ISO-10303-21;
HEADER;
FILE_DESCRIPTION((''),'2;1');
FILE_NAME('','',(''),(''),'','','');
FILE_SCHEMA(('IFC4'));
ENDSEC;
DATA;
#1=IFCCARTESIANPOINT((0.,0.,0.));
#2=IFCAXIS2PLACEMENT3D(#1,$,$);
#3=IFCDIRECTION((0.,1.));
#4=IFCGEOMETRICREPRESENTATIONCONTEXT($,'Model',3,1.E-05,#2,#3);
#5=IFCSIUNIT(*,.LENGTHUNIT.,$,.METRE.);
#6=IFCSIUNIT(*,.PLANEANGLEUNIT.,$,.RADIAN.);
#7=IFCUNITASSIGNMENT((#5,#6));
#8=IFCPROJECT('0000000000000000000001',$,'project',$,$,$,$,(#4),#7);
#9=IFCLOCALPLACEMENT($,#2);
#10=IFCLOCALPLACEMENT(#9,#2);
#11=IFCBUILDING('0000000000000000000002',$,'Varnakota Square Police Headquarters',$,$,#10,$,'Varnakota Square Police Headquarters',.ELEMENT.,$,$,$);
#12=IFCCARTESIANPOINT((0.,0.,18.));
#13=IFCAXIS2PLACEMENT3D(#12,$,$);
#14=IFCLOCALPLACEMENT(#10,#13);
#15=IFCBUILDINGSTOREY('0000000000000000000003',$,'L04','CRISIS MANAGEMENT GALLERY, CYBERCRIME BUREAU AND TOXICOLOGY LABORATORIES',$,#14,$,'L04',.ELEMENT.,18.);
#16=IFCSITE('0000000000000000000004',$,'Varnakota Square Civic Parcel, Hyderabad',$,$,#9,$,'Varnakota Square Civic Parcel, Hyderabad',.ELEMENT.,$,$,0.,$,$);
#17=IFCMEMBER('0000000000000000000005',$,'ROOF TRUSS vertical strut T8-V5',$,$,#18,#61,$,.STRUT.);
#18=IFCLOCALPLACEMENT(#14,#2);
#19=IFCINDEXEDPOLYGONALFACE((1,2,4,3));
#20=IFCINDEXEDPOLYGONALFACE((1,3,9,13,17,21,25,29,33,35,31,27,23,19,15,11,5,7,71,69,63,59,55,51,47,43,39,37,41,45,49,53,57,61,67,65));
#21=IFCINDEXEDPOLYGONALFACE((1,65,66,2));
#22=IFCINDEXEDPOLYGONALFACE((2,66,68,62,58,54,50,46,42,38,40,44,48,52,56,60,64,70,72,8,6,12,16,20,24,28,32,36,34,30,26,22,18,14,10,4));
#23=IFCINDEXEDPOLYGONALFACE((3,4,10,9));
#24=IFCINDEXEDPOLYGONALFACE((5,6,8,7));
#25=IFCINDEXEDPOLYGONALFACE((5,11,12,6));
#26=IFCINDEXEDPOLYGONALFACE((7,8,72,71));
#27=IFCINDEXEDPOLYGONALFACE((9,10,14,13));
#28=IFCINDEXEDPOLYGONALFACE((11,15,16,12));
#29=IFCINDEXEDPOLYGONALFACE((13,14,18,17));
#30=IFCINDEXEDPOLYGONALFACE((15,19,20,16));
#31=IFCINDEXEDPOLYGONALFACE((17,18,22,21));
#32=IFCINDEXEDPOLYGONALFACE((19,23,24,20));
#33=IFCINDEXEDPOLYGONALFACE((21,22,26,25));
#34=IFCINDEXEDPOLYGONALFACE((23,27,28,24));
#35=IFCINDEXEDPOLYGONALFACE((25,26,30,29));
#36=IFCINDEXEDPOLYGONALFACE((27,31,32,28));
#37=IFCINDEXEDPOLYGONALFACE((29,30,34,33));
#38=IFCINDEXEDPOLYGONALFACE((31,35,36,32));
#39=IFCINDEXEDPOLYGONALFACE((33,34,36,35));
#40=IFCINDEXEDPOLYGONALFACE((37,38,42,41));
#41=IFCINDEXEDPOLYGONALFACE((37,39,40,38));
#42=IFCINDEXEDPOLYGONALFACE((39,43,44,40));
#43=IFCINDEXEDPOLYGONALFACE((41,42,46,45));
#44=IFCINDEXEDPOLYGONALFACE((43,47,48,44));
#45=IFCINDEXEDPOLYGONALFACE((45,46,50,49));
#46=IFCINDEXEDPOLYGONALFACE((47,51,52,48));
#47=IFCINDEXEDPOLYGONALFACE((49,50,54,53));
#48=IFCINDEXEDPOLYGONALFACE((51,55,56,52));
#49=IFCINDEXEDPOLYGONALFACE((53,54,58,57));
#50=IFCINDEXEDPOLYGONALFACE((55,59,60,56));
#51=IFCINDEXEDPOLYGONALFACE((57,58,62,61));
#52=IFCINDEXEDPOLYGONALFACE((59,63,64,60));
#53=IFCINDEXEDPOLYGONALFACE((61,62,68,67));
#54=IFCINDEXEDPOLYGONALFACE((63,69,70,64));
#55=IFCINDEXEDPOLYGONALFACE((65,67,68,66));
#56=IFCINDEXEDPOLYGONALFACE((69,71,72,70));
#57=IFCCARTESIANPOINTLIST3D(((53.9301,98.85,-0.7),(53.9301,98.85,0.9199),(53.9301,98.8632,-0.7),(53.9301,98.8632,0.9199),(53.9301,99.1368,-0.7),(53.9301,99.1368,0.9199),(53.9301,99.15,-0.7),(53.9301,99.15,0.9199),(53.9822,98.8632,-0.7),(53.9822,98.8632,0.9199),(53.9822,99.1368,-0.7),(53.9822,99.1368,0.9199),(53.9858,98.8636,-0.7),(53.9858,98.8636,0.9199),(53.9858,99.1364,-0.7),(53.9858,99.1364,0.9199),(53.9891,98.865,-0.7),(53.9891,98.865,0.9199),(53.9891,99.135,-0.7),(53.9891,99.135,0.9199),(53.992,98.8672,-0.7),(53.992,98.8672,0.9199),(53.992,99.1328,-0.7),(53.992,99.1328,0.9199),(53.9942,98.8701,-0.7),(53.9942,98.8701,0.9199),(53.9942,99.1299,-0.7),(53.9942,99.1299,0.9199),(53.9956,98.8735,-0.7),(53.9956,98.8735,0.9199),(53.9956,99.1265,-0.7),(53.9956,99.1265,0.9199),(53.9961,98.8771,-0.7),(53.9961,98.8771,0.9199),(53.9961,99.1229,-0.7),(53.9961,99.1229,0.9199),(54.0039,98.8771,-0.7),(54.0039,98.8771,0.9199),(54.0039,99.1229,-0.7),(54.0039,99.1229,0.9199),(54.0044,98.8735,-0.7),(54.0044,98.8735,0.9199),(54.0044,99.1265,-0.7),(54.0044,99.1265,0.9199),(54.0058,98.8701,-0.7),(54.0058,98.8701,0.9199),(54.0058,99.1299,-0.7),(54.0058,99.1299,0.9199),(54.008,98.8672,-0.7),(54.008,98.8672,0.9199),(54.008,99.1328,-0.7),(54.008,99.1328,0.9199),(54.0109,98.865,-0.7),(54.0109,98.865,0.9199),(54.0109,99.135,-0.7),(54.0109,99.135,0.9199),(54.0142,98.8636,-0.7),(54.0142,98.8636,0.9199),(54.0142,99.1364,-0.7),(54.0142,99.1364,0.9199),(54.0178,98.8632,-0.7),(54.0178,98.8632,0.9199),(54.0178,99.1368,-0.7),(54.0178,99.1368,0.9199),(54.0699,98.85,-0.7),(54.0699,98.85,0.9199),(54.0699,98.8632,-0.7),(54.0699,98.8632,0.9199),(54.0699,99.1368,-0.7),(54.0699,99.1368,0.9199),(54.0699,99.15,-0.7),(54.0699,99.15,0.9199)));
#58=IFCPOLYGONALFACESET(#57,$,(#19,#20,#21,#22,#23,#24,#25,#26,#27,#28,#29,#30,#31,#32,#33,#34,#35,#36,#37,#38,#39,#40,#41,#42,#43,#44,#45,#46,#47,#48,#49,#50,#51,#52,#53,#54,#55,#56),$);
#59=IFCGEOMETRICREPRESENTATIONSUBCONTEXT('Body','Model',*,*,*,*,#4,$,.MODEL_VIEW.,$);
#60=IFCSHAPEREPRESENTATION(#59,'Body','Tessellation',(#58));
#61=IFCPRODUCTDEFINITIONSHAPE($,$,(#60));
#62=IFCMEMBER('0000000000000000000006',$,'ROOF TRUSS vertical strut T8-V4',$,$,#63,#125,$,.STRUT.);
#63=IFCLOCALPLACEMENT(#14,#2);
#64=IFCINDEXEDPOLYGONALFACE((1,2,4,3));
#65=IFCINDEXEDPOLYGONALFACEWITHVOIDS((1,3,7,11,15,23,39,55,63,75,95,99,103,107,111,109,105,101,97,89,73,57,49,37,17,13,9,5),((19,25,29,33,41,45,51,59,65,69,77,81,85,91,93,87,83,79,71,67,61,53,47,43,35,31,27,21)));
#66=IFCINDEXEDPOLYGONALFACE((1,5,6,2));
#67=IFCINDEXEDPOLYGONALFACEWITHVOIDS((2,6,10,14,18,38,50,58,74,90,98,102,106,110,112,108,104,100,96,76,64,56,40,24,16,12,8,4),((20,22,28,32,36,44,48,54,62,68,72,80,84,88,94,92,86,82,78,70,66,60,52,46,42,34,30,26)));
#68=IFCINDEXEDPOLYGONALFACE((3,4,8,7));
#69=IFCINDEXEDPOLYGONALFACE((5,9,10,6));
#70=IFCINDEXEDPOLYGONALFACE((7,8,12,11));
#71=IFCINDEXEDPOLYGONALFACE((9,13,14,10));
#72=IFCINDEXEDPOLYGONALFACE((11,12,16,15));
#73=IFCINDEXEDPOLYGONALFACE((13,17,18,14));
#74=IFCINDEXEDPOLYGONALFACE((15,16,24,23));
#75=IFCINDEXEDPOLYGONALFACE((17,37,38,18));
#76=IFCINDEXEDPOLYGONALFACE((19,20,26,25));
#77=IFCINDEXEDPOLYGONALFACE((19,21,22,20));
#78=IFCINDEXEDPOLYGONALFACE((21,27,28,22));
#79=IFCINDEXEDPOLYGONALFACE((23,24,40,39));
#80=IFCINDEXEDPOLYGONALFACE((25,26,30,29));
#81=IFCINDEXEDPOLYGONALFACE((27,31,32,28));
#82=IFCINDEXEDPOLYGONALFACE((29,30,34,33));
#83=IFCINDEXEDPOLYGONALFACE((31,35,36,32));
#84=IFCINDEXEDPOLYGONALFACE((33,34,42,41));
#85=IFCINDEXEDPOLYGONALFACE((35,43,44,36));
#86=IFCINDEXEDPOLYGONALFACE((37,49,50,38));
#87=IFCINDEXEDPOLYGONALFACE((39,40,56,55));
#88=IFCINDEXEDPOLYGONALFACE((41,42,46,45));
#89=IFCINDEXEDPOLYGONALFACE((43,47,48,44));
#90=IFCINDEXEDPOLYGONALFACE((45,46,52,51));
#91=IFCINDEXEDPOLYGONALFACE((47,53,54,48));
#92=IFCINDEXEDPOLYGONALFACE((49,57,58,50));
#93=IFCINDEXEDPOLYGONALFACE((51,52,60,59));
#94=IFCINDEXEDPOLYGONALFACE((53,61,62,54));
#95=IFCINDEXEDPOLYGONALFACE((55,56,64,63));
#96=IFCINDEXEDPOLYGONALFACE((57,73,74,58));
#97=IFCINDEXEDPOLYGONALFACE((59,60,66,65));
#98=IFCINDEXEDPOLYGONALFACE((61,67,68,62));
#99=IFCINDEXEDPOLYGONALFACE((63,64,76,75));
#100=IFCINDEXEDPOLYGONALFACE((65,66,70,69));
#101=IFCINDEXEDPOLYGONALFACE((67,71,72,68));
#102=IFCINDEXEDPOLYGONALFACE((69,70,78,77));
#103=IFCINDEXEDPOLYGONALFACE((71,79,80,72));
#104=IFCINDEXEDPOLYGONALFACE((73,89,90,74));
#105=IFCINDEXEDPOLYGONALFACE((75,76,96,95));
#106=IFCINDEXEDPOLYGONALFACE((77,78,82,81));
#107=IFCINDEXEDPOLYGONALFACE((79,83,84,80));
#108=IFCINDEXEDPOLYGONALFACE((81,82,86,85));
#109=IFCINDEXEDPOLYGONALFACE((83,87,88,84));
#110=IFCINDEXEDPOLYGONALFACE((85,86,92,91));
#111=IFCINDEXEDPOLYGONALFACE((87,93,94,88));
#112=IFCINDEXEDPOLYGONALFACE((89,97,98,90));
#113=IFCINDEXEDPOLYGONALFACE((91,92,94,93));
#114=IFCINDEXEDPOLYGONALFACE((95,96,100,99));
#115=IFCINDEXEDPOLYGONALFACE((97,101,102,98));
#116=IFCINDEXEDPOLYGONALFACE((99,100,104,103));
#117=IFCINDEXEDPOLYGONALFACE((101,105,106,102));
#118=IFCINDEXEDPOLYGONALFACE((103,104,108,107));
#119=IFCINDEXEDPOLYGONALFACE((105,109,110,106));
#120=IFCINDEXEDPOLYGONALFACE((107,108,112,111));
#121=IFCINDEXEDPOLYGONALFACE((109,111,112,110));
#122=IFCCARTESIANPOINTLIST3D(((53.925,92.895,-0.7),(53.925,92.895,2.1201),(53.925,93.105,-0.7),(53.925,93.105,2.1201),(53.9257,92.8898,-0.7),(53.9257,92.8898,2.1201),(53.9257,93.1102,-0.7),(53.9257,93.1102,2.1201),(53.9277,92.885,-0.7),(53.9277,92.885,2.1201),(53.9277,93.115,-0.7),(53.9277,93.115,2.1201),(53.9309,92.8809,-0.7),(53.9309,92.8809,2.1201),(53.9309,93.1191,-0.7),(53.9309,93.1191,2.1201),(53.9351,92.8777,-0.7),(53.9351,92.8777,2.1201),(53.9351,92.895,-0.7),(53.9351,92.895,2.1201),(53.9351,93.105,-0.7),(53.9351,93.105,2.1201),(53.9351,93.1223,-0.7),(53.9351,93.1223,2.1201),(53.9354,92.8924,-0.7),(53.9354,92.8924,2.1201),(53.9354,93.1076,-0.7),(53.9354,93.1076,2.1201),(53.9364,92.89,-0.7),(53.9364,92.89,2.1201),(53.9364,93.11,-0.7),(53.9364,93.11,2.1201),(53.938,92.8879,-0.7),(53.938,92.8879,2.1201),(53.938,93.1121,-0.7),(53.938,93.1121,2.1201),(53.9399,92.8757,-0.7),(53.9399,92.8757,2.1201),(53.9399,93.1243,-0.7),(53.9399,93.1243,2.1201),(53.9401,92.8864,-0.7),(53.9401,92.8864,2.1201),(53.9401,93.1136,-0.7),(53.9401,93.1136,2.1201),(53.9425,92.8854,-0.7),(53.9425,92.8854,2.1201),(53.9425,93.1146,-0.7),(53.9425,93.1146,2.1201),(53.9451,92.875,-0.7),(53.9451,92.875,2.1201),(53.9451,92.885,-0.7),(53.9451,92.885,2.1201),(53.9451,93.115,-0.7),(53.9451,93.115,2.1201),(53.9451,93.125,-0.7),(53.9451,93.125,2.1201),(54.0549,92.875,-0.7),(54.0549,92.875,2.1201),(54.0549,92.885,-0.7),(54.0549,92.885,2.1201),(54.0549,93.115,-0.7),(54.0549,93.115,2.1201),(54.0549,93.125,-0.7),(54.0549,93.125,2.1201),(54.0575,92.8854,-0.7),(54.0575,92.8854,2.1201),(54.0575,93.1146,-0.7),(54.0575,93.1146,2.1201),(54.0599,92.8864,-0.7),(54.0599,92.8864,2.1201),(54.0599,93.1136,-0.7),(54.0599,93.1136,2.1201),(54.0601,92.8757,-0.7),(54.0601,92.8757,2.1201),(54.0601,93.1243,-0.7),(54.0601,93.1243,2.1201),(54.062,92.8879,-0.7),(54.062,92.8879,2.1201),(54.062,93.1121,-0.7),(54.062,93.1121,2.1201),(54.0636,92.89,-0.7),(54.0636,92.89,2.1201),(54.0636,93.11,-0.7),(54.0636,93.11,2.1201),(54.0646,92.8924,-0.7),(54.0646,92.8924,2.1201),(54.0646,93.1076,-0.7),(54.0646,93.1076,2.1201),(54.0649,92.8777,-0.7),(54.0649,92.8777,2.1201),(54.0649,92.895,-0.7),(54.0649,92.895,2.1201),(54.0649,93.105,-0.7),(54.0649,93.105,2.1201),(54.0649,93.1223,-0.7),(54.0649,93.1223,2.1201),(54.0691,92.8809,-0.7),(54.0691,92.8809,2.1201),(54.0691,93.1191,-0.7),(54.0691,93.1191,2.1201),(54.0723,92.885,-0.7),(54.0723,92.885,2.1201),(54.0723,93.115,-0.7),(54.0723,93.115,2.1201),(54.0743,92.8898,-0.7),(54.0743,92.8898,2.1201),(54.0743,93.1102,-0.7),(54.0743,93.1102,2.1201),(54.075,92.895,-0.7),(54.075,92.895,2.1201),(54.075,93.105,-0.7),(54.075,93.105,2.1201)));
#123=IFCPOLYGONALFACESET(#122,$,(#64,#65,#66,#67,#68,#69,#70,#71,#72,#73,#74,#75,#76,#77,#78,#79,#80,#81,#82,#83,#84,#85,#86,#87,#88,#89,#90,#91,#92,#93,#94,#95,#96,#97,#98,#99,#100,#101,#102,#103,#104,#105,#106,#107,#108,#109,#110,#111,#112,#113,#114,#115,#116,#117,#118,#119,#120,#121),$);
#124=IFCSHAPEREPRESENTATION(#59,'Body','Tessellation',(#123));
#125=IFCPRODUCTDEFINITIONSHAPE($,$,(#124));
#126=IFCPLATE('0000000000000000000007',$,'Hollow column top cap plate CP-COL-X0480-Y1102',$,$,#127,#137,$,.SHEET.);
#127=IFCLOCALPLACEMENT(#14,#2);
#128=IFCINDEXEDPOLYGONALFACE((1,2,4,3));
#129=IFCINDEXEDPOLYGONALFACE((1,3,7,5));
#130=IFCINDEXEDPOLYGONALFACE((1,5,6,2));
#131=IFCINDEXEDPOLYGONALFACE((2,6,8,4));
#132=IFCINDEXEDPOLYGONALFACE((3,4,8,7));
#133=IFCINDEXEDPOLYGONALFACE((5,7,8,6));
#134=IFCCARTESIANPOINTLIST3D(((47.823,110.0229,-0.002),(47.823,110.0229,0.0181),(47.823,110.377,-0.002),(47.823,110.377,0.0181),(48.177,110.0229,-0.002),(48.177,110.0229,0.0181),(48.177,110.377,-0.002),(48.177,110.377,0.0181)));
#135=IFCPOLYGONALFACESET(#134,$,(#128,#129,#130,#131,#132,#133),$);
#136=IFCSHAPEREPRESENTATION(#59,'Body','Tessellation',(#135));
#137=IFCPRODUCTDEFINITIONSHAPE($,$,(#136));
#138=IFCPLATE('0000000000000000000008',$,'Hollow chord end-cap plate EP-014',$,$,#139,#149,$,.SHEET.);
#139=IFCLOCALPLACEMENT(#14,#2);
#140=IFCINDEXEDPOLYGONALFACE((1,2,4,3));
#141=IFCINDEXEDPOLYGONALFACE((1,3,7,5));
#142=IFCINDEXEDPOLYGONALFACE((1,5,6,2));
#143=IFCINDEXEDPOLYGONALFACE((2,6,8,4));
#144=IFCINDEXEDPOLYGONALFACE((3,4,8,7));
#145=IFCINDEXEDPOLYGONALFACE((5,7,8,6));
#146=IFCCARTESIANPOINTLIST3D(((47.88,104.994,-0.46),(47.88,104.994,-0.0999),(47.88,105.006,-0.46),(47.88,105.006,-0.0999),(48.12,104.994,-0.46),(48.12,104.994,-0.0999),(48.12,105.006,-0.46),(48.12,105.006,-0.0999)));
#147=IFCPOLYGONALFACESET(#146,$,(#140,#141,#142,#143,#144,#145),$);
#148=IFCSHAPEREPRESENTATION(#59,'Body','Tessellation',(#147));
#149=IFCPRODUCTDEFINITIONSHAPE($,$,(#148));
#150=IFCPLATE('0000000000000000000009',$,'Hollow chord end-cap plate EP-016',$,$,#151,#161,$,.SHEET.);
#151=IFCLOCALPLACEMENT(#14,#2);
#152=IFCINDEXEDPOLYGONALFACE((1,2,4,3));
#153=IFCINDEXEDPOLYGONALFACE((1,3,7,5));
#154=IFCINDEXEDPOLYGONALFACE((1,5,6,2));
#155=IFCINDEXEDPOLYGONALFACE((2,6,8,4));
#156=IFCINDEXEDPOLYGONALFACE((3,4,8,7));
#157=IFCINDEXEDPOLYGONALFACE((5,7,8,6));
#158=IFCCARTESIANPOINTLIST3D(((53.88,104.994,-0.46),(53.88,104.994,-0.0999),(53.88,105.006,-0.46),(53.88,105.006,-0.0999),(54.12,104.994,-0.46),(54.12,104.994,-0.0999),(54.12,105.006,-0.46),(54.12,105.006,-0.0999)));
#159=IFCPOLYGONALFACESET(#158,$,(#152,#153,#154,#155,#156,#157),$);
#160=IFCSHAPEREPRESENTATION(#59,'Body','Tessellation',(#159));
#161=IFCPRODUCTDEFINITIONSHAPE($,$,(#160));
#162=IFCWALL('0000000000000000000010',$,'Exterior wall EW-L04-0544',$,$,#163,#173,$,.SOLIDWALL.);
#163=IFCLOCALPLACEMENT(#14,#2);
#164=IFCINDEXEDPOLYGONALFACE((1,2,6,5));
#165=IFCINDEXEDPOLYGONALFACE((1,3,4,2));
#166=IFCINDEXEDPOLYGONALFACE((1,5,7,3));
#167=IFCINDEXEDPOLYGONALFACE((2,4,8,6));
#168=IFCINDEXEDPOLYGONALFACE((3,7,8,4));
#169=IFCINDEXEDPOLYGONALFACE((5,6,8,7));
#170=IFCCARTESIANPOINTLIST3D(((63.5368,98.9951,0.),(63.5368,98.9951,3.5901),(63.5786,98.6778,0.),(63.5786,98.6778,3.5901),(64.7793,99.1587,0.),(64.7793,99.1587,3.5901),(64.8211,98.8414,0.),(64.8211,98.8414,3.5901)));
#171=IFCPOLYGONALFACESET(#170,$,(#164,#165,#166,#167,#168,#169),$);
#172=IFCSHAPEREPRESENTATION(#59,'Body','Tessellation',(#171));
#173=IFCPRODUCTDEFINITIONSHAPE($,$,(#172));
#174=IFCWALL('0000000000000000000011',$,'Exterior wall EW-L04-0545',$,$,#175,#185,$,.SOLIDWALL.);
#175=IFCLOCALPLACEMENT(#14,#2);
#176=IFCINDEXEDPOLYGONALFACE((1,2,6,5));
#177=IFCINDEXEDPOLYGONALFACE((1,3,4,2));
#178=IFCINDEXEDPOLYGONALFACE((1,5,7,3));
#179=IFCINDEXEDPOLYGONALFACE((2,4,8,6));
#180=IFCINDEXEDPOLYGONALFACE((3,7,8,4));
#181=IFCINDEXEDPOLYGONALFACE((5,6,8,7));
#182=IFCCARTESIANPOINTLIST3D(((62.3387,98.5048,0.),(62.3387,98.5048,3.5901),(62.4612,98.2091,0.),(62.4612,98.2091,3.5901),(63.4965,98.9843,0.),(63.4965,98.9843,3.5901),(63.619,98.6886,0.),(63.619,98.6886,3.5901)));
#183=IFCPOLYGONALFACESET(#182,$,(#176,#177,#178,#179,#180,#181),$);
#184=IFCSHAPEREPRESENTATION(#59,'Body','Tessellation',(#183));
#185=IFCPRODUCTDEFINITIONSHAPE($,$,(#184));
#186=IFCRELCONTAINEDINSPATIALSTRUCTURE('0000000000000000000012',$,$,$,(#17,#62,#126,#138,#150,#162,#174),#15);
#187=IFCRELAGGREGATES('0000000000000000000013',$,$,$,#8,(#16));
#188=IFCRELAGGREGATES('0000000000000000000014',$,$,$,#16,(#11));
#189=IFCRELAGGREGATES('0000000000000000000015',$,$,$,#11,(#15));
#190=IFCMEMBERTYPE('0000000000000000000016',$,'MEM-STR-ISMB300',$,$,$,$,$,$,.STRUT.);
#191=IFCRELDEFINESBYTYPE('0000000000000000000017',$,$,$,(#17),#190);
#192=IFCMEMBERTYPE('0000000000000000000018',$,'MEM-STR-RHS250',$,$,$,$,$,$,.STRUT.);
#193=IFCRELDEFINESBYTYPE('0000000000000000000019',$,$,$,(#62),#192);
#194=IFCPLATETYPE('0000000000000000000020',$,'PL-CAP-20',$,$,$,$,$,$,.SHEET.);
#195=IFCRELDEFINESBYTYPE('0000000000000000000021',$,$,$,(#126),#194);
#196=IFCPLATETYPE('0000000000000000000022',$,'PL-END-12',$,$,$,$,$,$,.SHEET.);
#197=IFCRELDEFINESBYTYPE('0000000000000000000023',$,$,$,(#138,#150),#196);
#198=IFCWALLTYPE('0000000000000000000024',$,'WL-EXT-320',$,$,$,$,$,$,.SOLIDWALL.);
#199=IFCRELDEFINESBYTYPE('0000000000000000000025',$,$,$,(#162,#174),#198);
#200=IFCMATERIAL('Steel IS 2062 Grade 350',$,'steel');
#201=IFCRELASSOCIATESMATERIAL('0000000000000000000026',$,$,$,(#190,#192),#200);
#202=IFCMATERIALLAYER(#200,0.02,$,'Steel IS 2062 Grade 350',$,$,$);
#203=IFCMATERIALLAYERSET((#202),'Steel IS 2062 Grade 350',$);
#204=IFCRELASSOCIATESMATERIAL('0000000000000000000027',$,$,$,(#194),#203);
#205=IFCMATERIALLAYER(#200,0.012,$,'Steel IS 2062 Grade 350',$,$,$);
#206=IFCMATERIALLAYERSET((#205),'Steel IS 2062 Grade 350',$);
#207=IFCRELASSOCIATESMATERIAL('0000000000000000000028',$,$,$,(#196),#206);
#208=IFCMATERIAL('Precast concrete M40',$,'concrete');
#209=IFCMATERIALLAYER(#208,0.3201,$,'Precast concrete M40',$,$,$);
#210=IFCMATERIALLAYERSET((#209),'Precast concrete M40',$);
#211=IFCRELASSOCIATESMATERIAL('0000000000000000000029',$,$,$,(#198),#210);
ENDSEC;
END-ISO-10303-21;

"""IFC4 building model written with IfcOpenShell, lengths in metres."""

from ifc_helpers import new_model, si_unit, direction, frame, frame_2d, origin, origin_2d, place, context, subcontext, project, spatial, rectangle, hollow_rectangle, i_section, extrude, material, layer, layer_set, material_profile, profile_set, type_object, element, save


model = new_model("IFC4")

# Units and contexts
model_context = context("Model", 3, precision=1e-05, world=origin(), true_north=direction((0.0, 1.0)))
body_context = subcontext(model_context, "Body", "Model", "MODEL_VIEW")
ifc_project = project(units=[si_unit("LENGTHUNIT", "METRE"), si_unit("PLANEANGLEUNIT", "RADIAN")], contexts=[model_context])

# Site, building, storey
site_placement = place(None, origin())
site = spatial("IfcSite", under=ifc_project, at=site_placement, Name="Varnakota Square Civic Parcel, Hyderabad", LongName="Varnakota Square Civic Parcel, Hyderabad", CompositionType="ELEMENT", RefElevation=0.0)
building_placement = place(site_placement, origin())
building = spatial("IfcBuilding", under=site, at=building_placement, Name="Varnakota Square Police Headquarters", LongName="Varnakota Square Police Headquarters", CompositionType="ELEMENT")
storey_placement = place(building_placement, frame((0.0, 0.0, 18.0)))
storey = spatial("IfcBuildingStorey", under=building, at=storey_placement, Name="L04", Description="CRISIS MANAGEMENT GALLERY, CYBERCRIME BUREAU AND TOXICOLOGY LABORATORIES", LongName="L04", CompositionType="ELEMENT", Elevation=18.0)

# Shared definitions
ifc_material_1 = material(Name="Steel IS 2062 Grade 350", Category="steel")

# Members
ifc_material_profile_1 = material_profile(ifc_material_1, i_section(OverallWidth=0.1399, OverallDepth=0.3, WebThickness=0.0078, FlangeThickness=0.0132, FilletRadius=0.0139, at=origin_2d()), Name="ISMB 300")
ifc_profile_set_1 = profile_set([ifc_material_profile_1], Name="Steel IS 2062 Grade 350")
member_type_1 = type_object("IfcMemberType", Name="MEM-STR-ISMB300", PredefinedType="STRUT", material=ifc_profile_set_1)
member_1_placement = place(storey_placement, frame((54.0, 99.0, -0.7), z_axis=(0.0, 0.0, 1.0), x_axis=(1.0, 0.0, 0.0)))
element("IfcMember", 1, at=member_1_placement, inside=storey, type_object=member_type_1, Name="ROOF TRUSS vertical strut T8-V5", PredefinedType="STRUT", context=body_context, shape_type="SweptSolid", body=[
    extrude(i_section(OverallWidth=0.1399, OverallDepth=0.3, WebThickness=0.0078, FlangeThickness=0.0132, FilletRadius=0.0139, at=origin_2d()), origin(), (0.0, 0.0, 1.0), 1.6199),
])
ifc_material_profile_2 = material_profile(ifc_material_1, hollow_rectangle(XDim=0.1499, YDim=0.25, WallThickness=0.01, InnerFilletRadius=0.01, OuterFilletRadius=0.02, at=origin_2d()), Name="RHS 250x150x10")
ifc_profile_set_2 = profile_set([ifc_material_profile_2], Name="Steel IS 2062 Grade 350")
member_type_2 = type_object("IfcMemberType", Name="MEM-STR-RHS250", PredefinedType="STRUT", material=ifc_profile_set_2)
member_2_placement = place(storey_placement, frame((54.0, 93.0, -0.7), z_axis=(0.0, 0.0, 1.0), x_axis=(1.0, 0.0, 0.0)))
element("IfcMember", 2, at=member_2_placement, inside=storey, type_object=member_type_2, Name="ROOF TRUSS vertical strut T8-V4", PredefinedType="STRUT", context=body_context, shape_type="SweptSolid", body=[
    extrude(hollow_rectangle(XDim=0.1499, YDim=0.25, WallThickness=0.01, InnerFilletRadius=0.01, OuterFilletRadius=0.02, at=origin_2d()), origin(), (0.0, 0.0, 1.0), 2.8201),
])

# Plates
ifc_layer_1 = layer(ifc_material_1, 0.02, Name="Steel IS 2062 Grade 350")
ifc_layer_set_1 = layer_set([ifc_layer_1], Name="Steel IS 2062 Grade 350")
plate_type_1 = type_object("IfcPlateType", Name="PL-CAP-20", PredefinedType="SHEET", material=ifc_layer_set_1)
plate_placement = place(storey_placement, frame((48.0, 110.2, -0.002), z_axis=(0.0, 0.0, 1.0), x_axis=(1.0, 0.0, 0.0)))
element("IfcPlate", 3, at=plate_placement, inside=storey, type_object=plate_type_1, Name="Hollow column top cap plate CP-COL-X0480-Y1102", PredefinedType="SHEET", context=body_context, shape_type="SweptSolid", body=[
    extrude(rectangle(XDim=0.354, YDim=0.354, at=origin_2d()), origin(), (0.0, 0.0, 1.0), 0.02),
])
ifc_layer_2 = layer(ifc_material_1, 0.012, Name="Steel IS 2062 Grade 350")
ifc_layer_set_2 = layer_set([ifc_layer_2], Name="Steel IS 2062 Grade 350")
plate_type_2 = type_object("IfcPlateType", Name="PL-END-12", PredefinedType="SHEET", material=ifc_layer_set_2)
for number, where, z_axis, x_axis, name in (
    (4, (48.0, 105.0, -0.46), (0.0, 0.0, 1.0), (1.0, 0.0, 0.0), "Hollow chord end-cap plate EP-014"),
    (5, (54.0, 105.0, -0.46), (0.0, 0.0, 1.0), (1.0, 0.0, 0.0), "Hollow chord end-cap plate EP-016"),
):
    element("IfcPlate", number, at=place(storey_placement, frame(where, z_axis=z_axis, x_axis=x_axis)), inside=storey, type_object=plate_type_2, Name=name, PredefinedType="SHEET", context=body_context, shape_type="SweptSolid", body=[
        extrude(rectangle(XDim=0.24, YDim=0.012, at=origin_2d()), origin(), (0.0, 0.0, 1.0), 0.3601),
    ])

# Walls
ifc_material_2 = material(Name="Precast concrete M40", Category="concrete")
ifc_layer_3 = layer(ifc_material_2, 0.3201, Name="Precast concrete M40")
ifc_layer_set_3 = layer_set([ifc_layer_3], Name="Precast concrete M40")
wall_type = type_object("IfcWallType", Name="WL-EXT-320", PredefinedType="SOLIDWALL", material=ifc_layer_set_3)
for number, where, z_axis, x_axis, name in (
    (6, (64.8, 99.0, 0.0), (0.0, 0.0, 1.0), (-0.991444, -0.13053, 0.0), "Exterior wall EW-L04-0544"),
    (7, (63.5576, 98.8364, 0.0), (0.0, 0.0, 1.0), (-0.923893, -0.38265, 0.0), "Exterior wall EW-L04-0545"),
):
    element("IfcWall", number, at=place(storey_placement, frame(where, z_axis=z_axis, x_axis=x_axis)), inside=storey, type_object=wall_type, Name=name, PredefinedType="SOLIDWALL", context=body_context, shape_type="SweptSolid", body=[
        extrude(rectangle(XDim=1.2532, YDim=0.3201, at=frame_2d((0.6265, 0.0))), origin(), (0.0, 0.0, 1.0), 3.5901),
    ])

save(model, "model.ifc")
